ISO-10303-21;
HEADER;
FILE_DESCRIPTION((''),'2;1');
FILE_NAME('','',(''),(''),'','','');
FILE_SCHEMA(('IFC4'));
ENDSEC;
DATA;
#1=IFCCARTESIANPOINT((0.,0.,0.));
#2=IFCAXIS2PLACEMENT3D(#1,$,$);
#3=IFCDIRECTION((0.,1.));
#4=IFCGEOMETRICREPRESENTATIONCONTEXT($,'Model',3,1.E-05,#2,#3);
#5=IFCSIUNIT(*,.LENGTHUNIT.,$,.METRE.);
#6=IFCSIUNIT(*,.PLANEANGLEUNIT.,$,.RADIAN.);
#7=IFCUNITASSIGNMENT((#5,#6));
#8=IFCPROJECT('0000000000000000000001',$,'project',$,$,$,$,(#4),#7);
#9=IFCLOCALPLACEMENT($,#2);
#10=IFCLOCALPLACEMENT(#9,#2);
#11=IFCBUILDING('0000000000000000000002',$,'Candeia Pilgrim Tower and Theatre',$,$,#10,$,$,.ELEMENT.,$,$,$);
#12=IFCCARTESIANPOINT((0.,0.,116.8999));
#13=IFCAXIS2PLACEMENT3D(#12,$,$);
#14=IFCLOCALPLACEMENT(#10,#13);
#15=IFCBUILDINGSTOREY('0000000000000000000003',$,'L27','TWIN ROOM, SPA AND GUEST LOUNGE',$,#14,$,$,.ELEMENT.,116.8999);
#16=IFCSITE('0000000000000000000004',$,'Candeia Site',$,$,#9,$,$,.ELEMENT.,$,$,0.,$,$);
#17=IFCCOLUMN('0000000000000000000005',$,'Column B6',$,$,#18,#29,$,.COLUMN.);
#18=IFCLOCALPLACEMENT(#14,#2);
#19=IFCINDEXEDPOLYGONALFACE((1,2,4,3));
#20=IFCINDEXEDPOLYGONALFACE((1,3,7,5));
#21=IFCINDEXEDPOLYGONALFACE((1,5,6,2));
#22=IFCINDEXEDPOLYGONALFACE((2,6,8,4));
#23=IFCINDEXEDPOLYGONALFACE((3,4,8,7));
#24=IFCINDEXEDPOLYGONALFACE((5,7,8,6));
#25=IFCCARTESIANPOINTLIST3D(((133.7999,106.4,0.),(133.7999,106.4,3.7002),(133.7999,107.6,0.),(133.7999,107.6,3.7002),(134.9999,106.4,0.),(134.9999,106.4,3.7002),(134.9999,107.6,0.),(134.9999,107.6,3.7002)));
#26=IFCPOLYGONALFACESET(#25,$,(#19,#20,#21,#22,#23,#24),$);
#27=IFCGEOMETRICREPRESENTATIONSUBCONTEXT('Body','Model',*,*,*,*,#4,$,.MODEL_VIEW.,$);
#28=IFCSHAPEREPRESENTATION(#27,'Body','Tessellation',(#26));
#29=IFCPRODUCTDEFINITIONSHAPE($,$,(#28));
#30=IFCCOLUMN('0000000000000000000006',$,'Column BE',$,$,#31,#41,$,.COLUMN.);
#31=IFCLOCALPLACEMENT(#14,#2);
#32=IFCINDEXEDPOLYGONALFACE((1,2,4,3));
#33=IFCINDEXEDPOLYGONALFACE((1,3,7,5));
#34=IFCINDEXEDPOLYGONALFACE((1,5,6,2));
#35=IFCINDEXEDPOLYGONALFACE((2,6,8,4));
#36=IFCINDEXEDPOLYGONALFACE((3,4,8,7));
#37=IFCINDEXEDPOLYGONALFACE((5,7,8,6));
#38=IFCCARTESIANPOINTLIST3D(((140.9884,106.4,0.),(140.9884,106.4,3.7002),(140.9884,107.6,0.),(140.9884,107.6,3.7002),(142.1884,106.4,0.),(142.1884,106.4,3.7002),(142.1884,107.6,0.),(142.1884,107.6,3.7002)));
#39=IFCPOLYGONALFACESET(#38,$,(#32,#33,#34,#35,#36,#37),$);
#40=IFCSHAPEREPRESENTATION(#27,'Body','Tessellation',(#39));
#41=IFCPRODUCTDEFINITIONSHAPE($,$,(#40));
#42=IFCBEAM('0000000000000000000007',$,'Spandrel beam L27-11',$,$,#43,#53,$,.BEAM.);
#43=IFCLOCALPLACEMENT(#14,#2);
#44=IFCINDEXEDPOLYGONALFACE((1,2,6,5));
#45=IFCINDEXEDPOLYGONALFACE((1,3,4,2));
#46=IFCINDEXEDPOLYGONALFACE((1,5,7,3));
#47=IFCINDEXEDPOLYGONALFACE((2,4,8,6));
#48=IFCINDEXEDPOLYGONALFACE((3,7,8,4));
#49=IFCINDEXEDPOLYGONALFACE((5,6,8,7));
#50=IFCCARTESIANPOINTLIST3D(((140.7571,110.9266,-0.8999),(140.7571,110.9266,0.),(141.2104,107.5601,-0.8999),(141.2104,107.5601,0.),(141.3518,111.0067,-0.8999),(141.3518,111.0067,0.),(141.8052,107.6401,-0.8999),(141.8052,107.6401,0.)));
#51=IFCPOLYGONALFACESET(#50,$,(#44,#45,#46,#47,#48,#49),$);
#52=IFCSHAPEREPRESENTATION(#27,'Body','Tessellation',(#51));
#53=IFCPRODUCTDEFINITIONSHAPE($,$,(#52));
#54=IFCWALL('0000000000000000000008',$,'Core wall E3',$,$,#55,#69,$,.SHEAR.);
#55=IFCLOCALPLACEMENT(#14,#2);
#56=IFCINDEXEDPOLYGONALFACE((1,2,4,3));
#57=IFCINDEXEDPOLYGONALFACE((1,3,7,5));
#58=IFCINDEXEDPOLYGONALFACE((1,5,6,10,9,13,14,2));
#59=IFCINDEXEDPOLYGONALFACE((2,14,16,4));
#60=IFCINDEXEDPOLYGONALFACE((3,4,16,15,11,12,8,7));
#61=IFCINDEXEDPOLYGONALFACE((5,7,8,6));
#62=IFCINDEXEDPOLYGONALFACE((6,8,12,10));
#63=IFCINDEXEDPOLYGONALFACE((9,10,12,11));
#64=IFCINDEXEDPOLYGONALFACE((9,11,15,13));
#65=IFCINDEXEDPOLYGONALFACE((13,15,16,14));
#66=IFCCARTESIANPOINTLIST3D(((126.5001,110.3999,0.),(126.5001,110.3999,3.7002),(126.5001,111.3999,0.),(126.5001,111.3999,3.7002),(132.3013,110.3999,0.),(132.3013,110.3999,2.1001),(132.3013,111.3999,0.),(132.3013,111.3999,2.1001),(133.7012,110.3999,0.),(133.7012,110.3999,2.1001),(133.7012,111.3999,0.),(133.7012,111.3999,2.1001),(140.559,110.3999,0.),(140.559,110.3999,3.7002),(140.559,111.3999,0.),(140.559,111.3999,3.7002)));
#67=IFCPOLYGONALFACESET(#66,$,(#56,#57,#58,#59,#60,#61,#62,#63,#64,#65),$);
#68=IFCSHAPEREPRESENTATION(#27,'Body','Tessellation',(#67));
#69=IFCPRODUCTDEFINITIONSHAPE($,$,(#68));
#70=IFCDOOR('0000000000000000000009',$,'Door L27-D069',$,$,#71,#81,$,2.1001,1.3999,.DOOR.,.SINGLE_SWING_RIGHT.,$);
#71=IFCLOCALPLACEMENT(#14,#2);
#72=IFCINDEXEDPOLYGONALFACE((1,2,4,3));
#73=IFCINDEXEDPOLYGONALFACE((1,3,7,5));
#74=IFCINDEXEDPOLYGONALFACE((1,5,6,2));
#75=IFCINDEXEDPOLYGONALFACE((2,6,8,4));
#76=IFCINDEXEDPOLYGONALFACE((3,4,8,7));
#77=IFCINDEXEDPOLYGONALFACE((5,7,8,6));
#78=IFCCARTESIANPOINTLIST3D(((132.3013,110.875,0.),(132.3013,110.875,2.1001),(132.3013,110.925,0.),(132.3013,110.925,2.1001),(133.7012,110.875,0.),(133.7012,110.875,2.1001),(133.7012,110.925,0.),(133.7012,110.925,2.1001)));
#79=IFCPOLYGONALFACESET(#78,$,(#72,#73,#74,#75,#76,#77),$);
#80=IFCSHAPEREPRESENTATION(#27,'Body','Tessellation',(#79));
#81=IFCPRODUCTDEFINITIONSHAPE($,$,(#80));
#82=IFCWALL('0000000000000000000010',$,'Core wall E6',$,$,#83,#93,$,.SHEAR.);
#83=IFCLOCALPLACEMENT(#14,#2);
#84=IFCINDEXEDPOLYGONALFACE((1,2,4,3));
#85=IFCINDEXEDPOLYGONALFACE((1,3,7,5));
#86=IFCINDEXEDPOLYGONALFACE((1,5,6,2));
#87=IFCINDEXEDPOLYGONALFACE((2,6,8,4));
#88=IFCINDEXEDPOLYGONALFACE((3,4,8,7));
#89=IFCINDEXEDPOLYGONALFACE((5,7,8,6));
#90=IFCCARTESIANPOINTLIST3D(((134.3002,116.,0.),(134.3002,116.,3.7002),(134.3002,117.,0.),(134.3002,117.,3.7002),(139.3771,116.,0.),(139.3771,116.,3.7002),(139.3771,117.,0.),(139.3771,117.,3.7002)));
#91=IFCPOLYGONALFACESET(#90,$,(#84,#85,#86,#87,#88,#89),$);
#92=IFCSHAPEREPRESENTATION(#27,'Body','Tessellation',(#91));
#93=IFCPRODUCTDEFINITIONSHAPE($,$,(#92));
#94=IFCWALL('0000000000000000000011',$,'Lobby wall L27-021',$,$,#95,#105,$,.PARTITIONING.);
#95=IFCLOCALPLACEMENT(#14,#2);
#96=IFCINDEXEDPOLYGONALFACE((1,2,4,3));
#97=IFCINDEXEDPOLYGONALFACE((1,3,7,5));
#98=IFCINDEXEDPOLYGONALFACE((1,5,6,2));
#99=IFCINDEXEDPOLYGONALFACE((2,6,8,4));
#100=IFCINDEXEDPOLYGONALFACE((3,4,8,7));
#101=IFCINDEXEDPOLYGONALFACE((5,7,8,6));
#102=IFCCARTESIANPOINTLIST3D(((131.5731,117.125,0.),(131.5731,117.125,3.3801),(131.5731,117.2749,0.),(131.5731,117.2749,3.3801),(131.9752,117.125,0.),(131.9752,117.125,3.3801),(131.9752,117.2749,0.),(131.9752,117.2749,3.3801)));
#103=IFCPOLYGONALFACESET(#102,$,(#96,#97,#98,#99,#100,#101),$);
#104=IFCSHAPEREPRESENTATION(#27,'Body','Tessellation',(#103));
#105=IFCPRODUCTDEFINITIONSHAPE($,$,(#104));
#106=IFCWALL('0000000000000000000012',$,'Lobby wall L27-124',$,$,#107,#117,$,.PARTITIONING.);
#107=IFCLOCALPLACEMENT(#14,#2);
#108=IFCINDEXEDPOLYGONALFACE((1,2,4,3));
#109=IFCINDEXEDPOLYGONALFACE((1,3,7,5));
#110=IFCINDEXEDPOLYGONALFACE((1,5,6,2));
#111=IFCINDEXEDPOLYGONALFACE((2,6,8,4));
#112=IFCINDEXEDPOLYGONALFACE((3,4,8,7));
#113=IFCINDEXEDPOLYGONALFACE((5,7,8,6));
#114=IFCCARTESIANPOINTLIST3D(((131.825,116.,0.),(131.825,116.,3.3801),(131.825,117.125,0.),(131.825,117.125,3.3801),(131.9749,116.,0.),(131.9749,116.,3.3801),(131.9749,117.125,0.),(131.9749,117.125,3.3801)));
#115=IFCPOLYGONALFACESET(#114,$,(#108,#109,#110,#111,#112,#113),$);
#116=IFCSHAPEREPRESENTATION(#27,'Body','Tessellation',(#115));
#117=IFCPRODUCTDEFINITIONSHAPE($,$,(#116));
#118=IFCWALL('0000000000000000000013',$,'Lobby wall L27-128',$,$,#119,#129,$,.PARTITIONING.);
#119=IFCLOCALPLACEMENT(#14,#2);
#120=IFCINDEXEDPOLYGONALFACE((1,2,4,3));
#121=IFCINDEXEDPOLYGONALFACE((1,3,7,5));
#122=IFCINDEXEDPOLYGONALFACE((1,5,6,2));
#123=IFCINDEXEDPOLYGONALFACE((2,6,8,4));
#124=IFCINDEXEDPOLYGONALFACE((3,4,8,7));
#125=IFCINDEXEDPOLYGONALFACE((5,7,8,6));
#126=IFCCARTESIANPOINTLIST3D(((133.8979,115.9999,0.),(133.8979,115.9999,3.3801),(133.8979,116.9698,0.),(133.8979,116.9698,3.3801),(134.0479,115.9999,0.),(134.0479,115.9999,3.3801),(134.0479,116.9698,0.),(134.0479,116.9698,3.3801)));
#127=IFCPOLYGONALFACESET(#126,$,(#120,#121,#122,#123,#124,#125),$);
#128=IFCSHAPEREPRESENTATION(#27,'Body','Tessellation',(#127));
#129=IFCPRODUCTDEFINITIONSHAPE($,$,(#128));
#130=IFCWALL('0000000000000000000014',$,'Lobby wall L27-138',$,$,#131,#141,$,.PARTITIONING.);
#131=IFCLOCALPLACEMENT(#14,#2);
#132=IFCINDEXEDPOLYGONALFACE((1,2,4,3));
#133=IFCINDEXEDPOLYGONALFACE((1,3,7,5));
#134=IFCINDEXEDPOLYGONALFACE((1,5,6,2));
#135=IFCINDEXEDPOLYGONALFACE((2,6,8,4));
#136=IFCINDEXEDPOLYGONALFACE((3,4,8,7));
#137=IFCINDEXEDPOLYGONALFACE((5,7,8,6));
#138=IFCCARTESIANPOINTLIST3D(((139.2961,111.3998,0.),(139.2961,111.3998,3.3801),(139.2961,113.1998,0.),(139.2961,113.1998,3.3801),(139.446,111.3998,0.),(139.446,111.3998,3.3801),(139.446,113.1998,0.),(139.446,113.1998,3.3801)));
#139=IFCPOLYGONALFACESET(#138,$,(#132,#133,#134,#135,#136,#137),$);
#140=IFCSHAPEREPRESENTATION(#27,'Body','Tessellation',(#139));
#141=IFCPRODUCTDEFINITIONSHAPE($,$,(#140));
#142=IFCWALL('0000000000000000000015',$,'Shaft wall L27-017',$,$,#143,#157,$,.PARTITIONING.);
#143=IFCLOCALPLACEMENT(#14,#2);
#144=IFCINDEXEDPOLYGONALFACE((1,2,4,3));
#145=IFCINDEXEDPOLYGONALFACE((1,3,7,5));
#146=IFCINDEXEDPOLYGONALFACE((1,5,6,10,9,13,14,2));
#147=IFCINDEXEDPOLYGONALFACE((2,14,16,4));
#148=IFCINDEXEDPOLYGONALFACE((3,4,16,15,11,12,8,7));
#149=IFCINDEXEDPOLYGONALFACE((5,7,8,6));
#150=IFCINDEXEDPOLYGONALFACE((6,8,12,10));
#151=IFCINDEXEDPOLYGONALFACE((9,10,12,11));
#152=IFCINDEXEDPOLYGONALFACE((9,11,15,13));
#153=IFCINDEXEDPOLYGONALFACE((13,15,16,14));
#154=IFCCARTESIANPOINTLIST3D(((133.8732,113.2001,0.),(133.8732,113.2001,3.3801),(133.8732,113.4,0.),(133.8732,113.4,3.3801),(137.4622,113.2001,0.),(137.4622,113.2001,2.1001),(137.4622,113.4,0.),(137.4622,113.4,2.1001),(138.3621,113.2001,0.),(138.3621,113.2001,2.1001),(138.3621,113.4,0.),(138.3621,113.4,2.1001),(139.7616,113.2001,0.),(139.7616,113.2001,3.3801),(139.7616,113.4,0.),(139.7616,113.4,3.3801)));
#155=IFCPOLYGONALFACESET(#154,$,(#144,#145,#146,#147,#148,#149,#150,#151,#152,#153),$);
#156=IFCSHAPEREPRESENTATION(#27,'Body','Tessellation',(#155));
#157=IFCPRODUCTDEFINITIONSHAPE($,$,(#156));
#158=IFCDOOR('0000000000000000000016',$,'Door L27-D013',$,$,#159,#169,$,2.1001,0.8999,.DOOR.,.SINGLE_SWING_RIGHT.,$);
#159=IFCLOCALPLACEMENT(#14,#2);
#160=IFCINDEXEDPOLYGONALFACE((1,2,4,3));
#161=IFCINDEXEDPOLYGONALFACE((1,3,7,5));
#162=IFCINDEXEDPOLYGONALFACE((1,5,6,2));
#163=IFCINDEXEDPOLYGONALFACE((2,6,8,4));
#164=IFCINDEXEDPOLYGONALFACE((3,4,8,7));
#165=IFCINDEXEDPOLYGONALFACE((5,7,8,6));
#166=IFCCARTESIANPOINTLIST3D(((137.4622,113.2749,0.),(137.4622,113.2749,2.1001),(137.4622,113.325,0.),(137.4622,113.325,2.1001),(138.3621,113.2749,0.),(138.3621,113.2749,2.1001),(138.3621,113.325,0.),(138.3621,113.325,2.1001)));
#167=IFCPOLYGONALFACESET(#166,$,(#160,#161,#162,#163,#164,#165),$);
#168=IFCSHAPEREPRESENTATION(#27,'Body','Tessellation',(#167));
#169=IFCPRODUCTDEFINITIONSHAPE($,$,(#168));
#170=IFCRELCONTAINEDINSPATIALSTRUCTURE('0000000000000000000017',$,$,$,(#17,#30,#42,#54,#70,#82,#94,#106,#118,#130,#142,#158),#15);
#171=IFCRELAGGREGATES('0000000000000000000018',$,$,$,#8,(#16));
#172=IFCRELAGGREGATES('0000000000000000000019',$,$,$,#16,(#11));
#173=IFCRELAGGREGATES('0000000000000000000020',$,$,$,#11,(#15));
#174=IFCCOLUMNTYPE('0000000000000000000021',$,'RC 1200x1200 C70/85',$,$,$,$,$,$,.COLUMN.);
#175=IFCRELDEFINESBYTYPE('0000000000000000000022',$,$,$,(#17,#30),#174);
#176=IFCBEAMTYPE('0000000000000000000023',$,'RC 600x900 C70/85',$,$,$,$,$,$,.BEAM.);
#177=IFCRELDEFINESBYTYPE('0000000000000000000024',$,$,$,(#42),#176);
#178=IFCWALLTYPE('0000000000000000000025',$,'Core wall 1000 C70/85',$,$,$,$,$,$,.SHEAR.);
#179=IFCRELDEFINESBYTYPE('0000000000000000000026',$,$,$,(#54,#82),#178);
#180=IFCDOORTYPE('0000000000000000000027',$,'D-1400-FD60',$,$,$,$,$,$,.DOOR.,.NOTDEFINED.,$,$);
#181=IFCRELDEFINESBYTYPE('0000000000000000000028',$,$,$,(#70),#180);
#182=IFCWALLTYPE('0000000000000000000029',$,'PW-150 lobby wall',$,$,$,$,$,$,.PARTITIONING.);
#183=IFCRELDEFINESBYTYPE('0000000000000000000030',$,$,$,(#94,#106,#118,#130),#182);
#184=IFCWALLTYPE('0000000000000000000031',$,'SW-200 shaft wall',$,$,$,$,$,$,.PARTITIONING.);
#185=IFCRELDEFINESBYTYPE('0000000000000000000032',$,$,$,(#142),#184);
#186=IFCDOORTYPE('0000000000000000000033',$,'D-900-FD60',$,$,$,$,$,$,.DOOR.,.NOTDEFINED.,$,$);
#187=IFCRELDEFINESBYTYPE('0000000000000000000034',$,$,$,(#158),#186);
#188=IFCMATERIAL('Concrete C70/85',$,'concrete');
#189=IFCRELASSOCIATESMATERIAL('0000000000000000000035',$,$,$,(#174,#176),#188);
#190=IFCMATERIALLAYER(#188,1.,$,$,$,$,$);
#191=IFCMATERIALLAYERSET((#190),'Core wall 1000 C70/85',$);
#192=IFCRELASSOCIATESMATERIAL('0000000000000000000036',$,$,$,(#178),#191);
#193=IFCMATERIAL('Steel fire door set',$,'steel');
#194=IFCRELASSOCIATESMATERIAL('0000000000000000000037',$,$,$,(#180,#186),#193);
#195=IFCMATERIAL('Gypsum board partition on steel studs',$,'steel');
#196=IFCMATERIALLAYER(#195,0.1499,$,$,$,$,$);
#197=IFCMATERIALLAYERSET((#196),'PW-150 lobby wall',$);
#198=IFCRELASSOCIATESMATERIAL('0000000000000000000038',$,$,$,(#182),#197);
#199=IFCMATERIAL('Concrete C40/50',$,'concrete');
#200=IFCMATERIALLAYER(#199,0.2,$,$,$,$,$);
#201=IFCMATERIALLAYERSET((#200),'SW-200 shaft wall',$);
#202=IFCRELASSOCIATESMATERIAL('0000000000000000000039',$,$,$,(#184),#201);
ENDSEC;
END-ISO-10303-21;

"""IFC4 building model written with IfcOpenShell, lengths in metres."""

from ifc_helpers import new_model, si_unit, direction, frame, frame_2d, origin, origin_2d, place, context, subcontext, project, spatial, rectangle, extrude, material, layer, layer_set, material_profile, profile_set, type_object, element, fill, save


model = new_model("IFC4")

# Units and contexts
model_context = context("Model", 3, precision=1e-05, world=origin(), true_north=direction((0.0, 1.0)))
body_context = subcontext(model_context, "Body", "Model", "MODEL_VIEW")
ifc_project = project(units=[si_unit("LENGTHUNIT", "METRE"), si_unit("PLANEANGLEUNIT", "RADIAN")], contexts=[model_context])

# Site, building, storey
site_placement = place(None, origin())
site = spatial("IfcSite", under=ifc_project, at=site_placement, Name="Candeia Site", CompositionType="ELEMENT", RefElevation=0.0)
building_placement = place(site_placement, origin())
building = spatial("IfcBuilding", under=site, at=building_placement, Name="Candeia Pilgrim Tower and Theatre", CompositionType="ELEMENT")
storey_placement = place(building_placement, frame((0.0, 0.0, 116.8999)))
storey = spatial("IfcBuildingStorey", under=building, at=storey_placement, Name="L27", Description="TWIN ROOM, SPA AND GUEST LOUNGE", CompositionType="ELEMENT", Elevation=116.8999)

# Columns
ifc_material_1 = material(Name="Concrete C70/85", Category="concrete")
ifc_material_profile_1 = material_profile(ifc_material_1, rectangle(XDim=1.2, YDim=1.2, at=origin_2d()))
ifc_profile_set_1 = profile_set([ifc_material_profile_1], Name="Concrete C70/85")
column_type = type_object("IfcColumnType", Name="RC 1200x1200 C70/85", PredefinedType="COLUMN", material=ifc_profile_set_1)
for number, where, z_axis, x_axis, name in (
    (1, (134.3999, 107.0, 0.0), (0.0, 0.0, 1.0), (1.0, 0.0, 0.0), "Column B6"),
    (2, (141.5884, 107.0, 0.0), (0.0, 0.0, 1.0), (1.0, 0.0, 0.0), "Column BE"),
):
    element("IfcColumn", number, at=place(storey_placement, frame(where, z_axis=z_axis, x_axis=x_axis)), inside=storey, type_object=column_type, Name=name, PredefinedType="COLUMN", context=body_context, shape_type="SweptSolid", body=[
        extrude(rectangle(XDim=1.2, YDim=1.2, at=origin_2d()), origin(), (0.0, 0.0, 1.0), 3.7002),
    ])

# Beam
ifc_material_profile_2 = material_profile(ifc_material_1, rectangle(XDim=0.6001, YDim=0.8999, at=origin_2d()))
ifc_profile_set_2 = profile_set([ifc_material_profile_2], Name="Concrete C70/85")
beam_type = type_object("IfcBeamType", Name="RC 600x900 C70/85", PredefinedType="BEAM", material=ifc_profile_set_2)
beam_placement = place(storey_placement, frame((141.5078, 107.6001, -0.45), z_axis=(-0.133458, 0.991054, 0.0), x_axis=(-0.991054, -0.133458, 0.0)))
element("IfcBeam", 3, at=beam_placement, inside=storey, type_object=beam_type, Name="Spandrel beam L27-11", PredefinedType="BEAM", context=body_context, shape_type="SweptSolid", body=[
    extrude(rectangle(XDim=0.6001, YDim=0.8999, at=origin_2d()), origin(), (0.0, 0.0, 1.0), 3.397),
])

# Wall, opening, door
ifc_layer_1 = layer(ifc_material_1, 1.0)
ifc_layer_set_1 = layer_set([ifc_layer_1], Name="Core wall 1000 C70/85")
wall_type_1 = type_object("IfcWallType", Name="Core wall 1000 C70/85", PredefinedType="SHEAR", material=ifc_layer_set_1)
wall_1_placement = place(storey_placement, frame((140.5588, 110.8999, 0.0), z_axis=(0.0, 0.0, 1.0), x_axis=(-1.0, 0.0, 0.0)))
wall_1 = element("IfcWall", 4, at=wall_1_placement, inside=storey, type_object=wall_type_1, Name="Core wall E3", PredefinedType="SHEAR", context=body_context, shape_type="SweptSolid", body=[
    extrude(rectangle(XDim=14.0588, YDim=1.0, at=frame_2d((7.0293, 0.0))), origin(), (0.0, 0.0, 1.0), 3.7002),
])
opening_1_placement = place(wall_1_placement, frame((6.8577, 0.0, 0.0)))
opening_1 = element("IfcOpeningElement", 5, at=opening_1_placement, cuts=wall_1, PredefinedType="OPENING", context=body_context, shape_type="SweptSolid", body=[
    extrude(rectangle(XDim=1.3999, YDim=2.1001, at=frame_2d((0.7, 1.05))), frame((0.0, 0.51, 0.0), z_axis=(0.0, -1.0, 0.0), x_axis=(1.0, 0.0, 0.0)), (0.0, 0.0, 1.0), 1.02),
])
ifc_material_2 = material(Name="Steel fire door set", Category="steel")
door_type_1 = type_object("IfcDoorType", Name="D-1400-FD60", OperationType="NOTDEFINED", PredefinedType="DOOR", material=ifc_material_2)
door_1_placement = place(opening_1_placement, origin())
door_1 = element("IfcDoor", 6, at=door_1_placement, inside=storey, type_object=door_type_1, Name="Door L27-D069", OperationType="SINGLE_SWING_RIGHT", OverallHeight=2.1001, OverallWidth=1.3999, PredefinedType="DOOR", context=body_context, shape_type="SweptSolid", body=[
    extrude(rectangle(XDim=1.3999, YDim=2.1001, at=frame_2d((0.7, 1.05))), frame((0.0, 0.0249, 0.0), z_axis=(0.0, -1.0, 0.0), x_axis=(1.0, 0.0, 0.0)), (0.0, 0.0, 1.0), 0.05),
])
fill(opening_1, door_1)

# Walls
wall_2_placement = place(storey_placement, frame((134.3, 116.5, 0.0), z_axis=(0.0, 0.0, 1.0), x_axis=(1.0, 0.0, 0.0)))
element("IfcWall", 7, at=wall_2_placement, inside=storey, type_object=wall_type_1, Name="Core wall E6", PredefinedType="SHEAR", context=body_context, shape_type="SweptSolid", body=[
    extrude(rectangle(XDim=5.0769, YDim=1.0, at=frame_2d((2.5386, 0.0))), origin(), (0.0, 0.0, 1.0), 3.7002),
])
ifc_material_3 = material(Name="Gypsum board partition on steel studs", Category="steel")
ifc_layer_2 = layer(ifc_material_3, 0.1499)
ifc_layer_set_2 = layer_set([ifc_layer_2], Name="PW-150 lobby wall")
wall_type_2 = type_object("IfcWallType", Name="PW-150 lobby wall", PredefinedType="PARTITIONING", material=ifc_layer_set_2)
wall_3_placement = place(storey_placement, frame((131.573, 117.2, 0.0), z_axis=(0.0, 0.0, 1.0), x_axis=(1.0, 0.0, 0.0)))
element("IfcWall", 8, at=wall_3_placement, inside=storey, type_object=wall_type_2, Name="Lobby wall L27-021", PredefinedType="PARTITIONING", context=body_context, shape_type="SweptSolid", body=[
    extrude(rectangle(XDim=0.4021, YDim=0.1499, at=frame_2d((0.2012, 0.0))), origin(), (0.0, 0.0, 1.0), 3.3801),
])
wall_4_placement = place(storey_placement, frame((131.8999, 116.0, 0.0), z_axis=(0.0, 0.0, 1.0), x_axis=(0.0, 1.0, 0.0)))
element("IfcWall", 9, at=wall_4_placement, inside=storey, type_object=wall_type_2, Name="Lobby wall L27-124", PredefinedType="PARTITIONING", context=body_context, shape_type="SweptSolid", body=[
    extrude(rectangle(XDim=1.125, YDim=0.1499, at=frame_2d((0.5625, 0.0))), origin(), (0.0, 0.0, 1.0), 3.3801),
])
wall_5_placement = place(storey_placement, frame((133.9729, 116.0, 0.0), z_axis=(0.0, 0.0, 1.0), x_axis=(0.0, 1.0, 0.0)))
element("IfcWall", 10, at=wall_5_placement, inside=storey, type_object=wall_type_2, Name="Lobby wall L27-128", PredefinedType="PARTITIONING", context=body_context, shape_type="SweptSolid", body=[
    extrude(rectangle(XDim=0.97, YDim=0.1499, at=frame_2d((0.4849, 0.0))), origin(), (0.0, 0.0, 1.0), 3.3801),
])
wall_6_placement = place(storey_placement, frame((139.3711, 111.3999, 0.0), z_axis=(0.0, 0.0, 1.0), x_axis=(0.0, 1.0, 0.0)))
element("IfcWall", 11, at=wall_6_placement, inside=storey, type_object=wall_type_2, Name="Lobby wall L27-138", PredefinedType="PARTITIONING", context=body_context, shape_type="SweptSolid", body=[
    extrude(rectangle(XDim=1.8, YDim=0.1499, at=frame_2d((0.8999, 0.0))), origin(), (0.0, 0.0, 1.0), 3.3801),
])

# Wall, opening, door
ifc_material_4 = material(Name="Concrete C40/50", Category="concrete")
ifc_layer_3 = layer(ifc_material_4, 0.2)
ifc_layer_set_3 = layer_set([ifc_layer_3], Name="SW-200 shaft wall")
wall_type_3 = type_object("IfcWallType", Name="SW-200 shaft wall", PredefinedType="PARTITIONING", material=ifc_layer_set_3)
wall_7_placement = place(storey_placement, frame((133.873, 113.3, 0.0), z_axis=(0.0, 0.0, 1.0), x_axis=(1.0, 0.0, 0.0)))
wall_7 = element("IfcWall", 12, at=wall_7_placement, inside=storey, type_object=wall_type_3, Name="Shaft wall L27-017", PredefinedType="PARTITIONING", context=body_context, shape_type="SweptSolid", body=[
    extrude(rectangle(XDim=5.8884, YDim=0.2, at=frame_2d((2.9443, 0.0))), origin(), (0.0, 0.0, 1.0), 3.3801),
])
opening_2_placement = place(wall_7_placement, frame((3.5891, 0.0, 0.0)))
opening_2 = element("IfcOpeningElement", 13, at=opening_2_placement, cuts=wall_7, PredefinedType="OPENING", context=body_context, shape_type="SweptSolid", body=[
    extrude(rectangle(XDim=0.8999, YDim=2.1001, at=frame_2d((0.45, 1.05))), frame((0.0, 0.1099, 0.0), z_axis=(0.0, -1.0, 0.0), x_axis=(1.0, 0.0, 0.0)), (0.0, 0.0, 1.0), 0.22),
])
door_type_2 = type_object("IfcDoorType", Name="D-900-FD60", OperationType="NOTDEFINED", PredefinedType="DOOR", material=ifc_material_2)
door_2_placement = place(opening_2_placement, origin())
door_2 = element("IfcDoor", 14, at=door_2_placement, inside=storey, type_object=door_type_2, Name="Door L27-D013", OperationType="SINGLE_SWING_RIGHT", OverallHeight=2.1001, OverallWidth=0.8999, PredefinedType="DOOR", context=body_context, shape_type="SweptSolid", body=[
    extrude(rectangle(XDim=0.8999, YDim=2.1001, at=frame_2d((0.45, 1.05))), frame((0.0, 0.0249, 0.0), z_axis=(0.0, -1.0, 0.0), x_axis=(1.0, 0.0, 0.0)), (0.0, 0.0, 1.0), 0.05),
])
fill(opening_2, door_2)

save(model, "model.ifc")
